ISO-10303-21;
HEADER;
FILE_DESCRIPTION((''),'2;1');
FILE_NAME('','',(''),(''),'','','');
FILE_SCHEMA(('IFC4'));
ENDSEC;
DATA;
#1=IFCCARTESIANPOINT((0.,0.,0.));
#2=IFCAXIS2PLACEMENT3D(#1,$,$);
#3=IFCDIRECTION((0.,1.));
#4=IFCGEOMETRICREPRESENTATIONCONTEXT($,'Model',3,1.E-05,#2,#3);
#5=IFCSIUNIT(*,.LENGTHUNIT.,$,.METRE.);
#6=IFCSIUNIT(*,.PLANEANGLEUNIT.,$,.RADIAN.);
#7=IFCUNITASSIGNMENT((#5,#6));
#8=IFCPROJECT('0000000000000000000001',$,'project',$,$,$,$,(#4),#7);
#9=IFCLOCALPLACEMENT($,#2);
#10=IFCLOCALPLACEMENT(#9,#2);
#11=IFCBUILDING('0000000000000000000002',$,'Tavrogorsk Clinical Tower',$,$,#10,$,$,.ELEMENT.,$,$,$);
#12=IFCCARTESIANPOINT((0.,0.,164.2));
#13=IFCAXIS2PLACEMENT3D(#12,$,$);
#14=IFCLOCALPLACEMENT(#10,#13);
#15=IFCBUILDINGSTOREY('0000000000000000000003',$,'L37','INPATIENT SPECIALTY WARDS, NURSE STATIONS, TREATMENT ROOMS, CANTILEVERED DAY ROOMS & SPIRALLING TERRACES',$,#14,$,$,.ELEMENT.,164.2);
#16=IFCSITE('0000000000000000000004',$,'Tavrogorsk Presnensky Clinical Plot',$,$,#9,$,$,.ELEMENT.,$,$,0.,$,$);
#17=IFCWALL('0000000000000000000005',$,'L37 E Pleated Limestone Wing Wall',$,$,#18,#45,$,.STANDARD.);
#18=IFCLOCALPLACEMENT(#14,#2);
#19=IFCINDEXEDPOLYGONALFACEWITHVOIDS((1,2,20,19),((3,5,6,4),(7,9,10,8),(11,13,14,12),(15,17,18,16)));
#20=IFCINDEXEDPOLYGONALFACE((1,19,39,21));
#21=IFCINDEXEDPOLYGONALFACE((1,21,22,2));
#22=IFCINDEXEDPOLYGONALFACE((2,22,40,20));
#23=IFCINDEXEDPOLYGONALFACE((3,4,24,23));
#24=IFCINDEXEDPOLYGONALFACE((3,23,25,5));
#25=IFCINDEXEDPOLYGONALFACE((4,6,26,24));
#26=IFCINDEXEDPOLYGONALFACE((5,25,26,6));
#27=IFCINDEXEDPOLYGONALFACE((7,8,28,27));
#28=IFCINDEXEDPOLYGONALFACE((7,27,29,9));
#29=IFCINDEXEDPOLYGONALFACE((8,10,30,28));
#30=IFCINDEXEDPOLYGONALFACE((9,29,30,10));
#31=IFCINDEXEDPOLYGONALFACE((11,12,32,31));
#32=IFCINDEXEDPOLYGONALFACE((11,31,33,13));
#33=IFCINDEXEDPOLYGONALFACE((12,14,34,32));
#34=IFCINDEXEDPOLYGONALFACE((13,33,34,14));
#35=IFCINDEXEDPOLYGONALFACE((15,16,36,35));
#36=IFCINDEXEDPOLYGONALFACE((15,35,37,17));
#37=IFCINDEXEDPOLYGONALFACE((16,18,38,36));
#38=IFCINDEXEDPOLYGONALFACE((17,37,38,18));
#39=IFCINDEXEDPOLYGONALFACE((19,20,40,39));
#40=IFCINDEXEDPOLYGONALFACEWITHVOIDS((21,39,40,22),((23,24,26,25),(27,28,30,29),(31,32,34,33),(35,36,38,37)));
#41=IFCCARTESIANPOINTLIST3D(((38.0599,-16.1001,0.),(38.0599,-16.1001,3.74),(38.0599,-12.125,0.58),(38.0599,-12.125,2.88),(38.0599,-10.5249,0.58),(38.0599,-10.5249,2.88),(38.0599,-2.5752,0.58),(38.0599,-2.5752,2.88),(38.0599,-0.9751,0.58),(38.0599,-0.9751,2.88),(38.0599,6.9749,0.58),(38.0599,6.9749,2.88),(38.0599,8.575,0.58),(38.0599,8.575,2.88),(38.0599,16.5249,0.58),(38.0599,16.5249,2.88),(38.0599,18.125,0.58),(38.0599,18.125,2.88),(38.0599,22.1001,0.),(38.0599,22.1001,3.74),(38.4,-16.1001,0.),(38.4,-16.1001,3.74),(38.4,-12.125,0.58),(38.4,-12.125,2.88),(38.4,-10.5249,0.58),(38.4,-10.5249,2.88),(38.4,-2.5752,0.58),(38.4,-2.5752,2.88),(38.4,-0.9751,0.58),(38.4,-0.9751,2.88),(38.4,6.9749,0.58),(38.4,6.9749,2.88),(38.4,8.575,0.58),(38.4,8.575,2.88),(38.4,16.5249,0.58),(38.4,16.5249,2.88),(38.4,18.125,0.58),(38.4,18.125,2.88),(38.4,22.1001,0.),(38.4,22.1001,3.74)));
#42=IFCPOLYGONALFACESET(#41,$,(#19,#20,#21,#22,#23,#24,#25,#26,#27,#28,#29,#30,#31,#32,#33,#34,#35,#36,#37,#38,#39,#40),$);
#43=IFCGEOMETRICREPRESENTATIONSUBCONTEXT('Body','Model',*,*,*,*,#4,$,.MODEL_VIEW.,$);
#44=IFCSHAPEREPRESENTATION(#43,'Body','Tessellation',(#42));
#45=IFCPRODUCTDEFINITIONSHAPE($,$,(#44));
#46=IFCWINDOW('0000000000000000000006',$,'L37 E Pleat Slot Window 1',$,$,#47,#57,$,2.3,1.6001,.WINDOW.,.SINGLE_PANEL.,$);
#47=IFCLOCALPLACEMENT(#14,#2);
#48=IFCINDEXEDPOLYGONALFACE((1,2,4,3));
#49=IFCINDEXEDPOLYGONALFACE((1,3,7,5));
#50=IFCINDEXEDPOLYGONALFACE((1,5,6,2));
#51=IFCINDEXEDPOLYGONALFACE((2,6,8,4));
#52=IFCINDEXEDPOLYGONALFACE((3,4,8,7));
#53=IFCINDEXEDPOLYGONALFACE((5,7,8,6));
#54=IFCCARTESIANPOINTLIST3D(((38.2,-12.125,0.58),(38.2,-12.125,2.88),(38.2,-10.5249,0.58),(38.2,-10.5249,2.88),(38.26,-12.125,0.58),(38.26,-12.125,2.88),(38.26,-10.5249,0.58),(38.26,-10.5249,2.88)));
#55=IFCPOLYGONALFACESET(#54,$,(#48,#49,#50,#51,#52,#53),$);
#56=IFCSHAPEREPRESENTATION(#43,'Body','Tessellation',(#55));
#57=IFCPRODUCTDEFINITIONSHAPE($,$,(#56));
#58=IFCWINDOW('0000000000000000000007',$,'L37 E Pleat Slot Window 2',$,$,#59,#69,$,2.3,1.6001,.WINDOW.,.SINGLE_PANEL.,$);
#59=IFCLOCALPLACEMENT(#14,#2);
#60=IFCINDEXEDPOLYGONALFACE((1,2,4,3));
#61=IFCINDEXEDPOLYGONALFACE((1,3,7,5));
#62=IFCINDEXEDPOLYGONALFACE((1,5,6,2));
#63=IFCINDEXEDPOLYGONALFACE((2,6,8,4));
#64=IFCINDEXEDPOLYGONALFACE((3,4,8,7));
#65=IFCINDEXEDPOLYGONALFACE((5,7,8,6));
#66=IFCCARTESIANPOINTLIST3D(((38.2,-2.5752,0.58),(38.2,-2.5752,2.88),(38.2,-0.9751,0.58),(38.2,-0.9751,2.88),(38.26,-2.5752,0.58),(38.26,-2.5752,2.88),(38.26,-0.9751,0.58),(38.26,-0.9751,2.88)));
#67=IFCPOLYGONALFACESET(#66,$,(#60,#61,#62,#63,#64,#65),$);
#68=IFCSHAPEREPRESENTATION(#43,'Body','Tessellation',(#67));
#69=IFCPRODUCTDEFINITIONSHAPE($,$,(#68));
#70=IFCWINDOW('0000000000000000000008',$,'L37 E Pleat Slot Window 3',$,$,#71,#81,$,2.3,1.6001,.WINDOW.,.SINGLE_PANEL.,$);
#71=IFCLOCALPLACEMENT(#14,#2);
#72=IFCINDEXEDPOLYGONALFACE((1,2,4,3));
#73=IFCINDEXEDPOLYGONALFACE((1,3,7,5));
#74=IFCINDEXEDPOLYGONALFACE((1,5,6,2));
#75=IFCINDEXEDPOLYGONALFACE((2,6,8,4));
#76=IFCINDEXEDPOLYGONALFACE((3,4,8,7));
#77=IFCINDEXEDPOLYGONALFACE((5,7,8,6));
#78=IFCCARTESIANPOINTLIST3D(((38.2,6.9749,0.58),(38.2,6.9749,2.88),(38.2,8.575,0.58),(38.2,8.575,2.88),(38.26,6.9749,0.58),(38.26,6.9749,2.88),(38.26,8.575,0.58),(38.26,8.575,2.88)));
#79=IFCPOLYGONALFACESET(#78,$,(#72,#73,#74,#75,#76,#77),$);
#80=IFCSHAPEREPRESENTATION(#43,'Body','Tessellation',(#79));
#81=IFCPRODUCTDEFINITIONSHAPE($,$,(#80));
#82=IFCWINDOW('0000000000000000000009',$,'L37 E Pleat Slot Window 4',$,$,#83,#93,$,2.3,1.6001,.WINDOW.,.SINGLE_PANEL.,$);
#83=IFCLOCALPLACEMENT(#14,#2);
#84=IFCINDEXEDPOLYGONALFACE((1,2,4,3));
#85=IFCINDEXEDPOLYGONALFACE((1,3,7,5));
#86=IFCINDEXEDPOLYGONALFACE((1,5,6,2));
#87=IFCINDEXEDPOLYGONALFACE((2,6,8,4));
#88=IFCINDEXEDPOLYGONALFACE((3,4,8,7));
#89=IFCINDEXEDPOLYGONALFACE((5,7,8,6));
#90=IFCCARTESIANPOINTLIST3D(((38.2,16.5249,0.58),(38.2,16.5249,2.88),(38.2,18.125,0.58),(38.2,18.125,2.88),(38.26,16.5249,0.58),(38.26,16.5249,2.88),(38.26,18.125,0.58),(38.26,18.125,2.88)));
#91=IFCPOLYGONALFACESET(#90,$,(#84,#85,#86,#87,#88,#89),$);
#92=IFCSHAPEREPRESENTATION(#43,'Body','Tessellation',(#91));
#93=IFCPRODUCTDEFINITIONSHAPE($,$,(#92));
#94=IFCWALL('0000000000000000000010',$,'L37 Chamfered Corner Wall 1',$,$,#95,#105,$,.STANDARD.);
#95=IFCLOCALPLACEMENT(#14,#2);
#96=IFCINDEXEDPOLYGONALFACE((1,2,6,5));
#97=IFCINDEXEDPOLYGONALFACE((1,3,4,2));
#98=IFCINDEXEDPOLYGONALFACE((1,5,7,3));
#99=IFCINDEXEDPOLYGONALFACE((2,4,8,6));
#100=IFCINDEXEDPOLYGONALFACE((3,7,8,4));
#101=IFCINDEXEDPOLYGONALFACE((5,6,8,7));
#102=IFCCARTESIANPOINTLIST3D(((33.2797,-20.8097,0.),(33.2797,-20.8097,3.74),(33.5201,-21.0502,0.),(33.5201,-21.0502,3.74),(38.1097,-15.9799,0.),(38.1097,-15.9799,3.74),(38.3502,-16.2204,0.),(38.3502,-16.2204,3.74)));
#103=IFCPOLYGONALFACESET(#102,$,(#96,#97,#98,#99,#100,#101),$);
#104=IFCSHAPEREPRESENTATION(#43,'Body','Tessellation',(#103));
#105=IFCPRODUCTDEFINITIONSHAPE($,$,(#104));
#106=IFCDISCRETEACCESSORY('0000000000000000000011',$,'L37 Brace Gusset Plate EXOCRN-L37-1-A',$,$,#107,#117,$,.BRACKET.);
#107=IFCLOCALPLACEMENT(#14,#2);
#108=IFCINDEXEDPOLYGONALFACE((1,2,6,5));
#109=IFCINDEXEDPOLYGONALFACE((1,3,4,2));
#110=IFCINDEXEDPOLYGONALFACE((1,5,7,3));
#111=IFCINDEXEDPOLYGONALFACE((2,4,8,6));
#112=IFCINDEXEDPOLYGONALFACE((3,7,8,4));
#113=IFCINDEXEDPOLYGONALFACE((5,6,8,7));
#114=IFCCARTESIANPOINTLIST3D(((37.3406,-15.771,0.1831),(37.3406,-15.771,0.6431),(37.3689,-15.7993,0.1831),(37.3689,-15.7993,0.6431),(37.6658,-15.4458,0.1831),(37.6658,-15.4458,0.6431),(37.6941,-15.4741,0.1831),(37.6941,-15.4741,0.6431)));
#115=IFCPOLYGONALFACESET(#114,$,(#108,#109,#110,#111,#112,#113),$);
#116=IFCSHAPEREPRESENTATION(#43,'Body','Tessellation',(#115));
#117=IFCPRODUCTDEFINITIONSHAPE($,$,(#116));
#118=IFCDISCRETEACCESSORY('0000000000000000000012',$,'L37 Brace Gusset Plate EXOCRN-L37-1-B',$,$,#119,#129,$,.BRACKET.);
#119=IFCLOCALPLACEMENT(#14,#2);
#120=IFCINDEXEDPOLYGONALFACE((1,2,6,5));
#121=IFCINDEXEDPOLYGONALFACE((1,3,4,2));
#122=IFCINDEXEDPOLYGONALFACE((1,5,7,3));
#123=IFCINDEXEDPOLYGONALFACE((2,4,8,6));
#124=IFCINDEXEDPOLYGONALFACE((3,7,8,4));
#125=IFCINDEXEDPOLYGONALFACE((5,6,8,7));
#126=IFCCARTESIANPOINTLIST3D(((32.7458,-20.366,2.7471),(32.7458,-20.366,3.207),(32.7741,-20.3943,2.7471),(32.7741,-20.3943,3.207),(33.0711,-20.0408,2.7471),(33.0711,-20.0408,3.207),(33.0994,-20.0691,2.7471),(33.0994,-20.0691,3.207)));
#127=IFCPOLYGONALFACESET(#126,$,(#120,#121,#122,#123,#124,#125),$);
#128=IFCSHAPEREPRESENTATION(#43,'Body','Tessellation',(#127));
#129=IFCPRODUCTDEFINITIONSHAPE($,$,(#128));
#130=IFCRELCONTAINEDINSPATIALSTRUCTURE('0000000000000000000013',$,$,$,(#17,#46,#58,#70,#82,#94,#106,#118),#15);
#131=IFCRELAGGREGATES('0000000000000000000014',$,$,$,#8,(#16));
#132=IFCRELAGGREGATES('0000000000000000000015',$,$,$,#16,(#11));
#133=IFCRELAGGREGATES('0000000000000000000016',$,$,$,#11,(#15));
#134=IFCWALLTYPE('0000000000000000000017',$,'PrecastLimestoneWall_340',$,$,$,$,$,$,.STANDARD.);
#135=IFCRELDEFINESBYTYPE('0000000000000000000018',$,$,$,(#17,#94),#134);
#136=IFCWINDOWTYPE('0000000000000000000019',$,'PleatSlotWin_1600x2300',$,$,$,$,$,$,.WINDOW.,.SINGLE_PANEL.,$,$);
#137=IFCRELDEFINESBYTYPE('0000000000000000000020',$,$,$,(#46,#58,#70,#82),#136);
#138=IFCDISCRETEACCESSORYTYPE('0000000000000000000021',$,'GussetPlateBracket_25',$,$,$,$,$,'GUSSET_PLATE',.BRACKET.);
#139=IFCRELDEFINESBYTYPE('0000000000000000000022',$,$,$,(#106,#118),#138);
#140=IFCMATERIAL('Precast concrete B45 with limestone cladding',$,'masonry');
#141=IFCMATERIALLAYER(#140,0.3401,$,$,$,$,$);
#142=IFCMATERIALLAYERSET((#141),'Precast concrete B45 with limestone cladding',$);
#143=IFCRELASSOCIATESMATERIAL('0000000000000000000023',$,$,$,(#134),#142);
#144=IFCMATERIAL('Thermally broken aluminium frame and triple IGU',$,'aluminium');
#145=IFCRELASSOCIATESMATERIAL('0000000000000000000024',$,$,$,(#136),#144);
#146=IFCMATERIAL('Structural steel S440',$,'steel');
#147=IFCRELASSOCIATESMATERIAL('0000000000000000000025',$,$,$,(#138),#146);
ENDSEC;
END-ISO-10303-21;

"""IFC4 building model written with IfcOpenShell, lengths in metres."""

from ifc_helpers import new_model, si_unit, direction, frame, frame_2d, origin, origin_2d, place, context, subcontext, project, spatial, rectangle, extrude, material, layer, layer_set, type_object, element, fill, save


model = new_model("IFC4")

# Units and contexts
model_context = context("Model", 3, precision=1e-05, world=origin(), true_north=direction((0.0, 1.0)))
body_context = subcontext(model_context, "Body", "Model", "MODEL_VIEW")
ifc_project = project(units=[si_unit("LENGTHUNIT", "METRE"), si_unit("PLANEANGLEUNIT", "RADIAN")], contexts=[model_context])

# Site, building, storey
site_placement = place(None, origin())
site = spatial("IfcSite", under=ifc_project, at=site_placement, Name="Tavrogorsk Presnensky Clinical Plot", CompositionType="ELEMENT", RefElevation=0.0)
building_placement = place(site_placement, origin())
building = spatial("IfcBuilding", under=site, at=building_placement, Name="Tavrogorsk Clinical Tower", CompositionType="ELEMENT")
storey_placement = place(building_placement, frame((0.0, 0.0, 164.2)))
storey = spatial("IfcBuildingStorey", under=building, at=storey_placement, Name="L37", Description="INPATIENT SPECIALTY WARDS, NURSE STATIONS, TREATMENT ROOMS, CANTILEVERED DAY ROOMS & SPIRALLING TERRACES", CompositionType="ELEMENT", Elevation=164.2)

# Wall, openings, windows
ifc_material_1 = material(Name="Precast concrete B45 with limestone cladding", Category="masonry")
ifc_layer_1 = layer(ifc_material_1, 0.3401)
ifc_layer_set_1 = layer_set([ifc_layer_1], Name="Precast concrete B45 with limestone cladding")
wall_type_1 = type_object("IfcWallType", Name="PrecastLimestoneWall_340", PredefinedType="STANDARD", material=ifc_layer_set_1)
wall_1_placement = place(storey_placement, frame((38.23, -16.1001, 0.0), z_axis=(0.0, 0.0, 1.0), x_axis=(0.0, 1.0, 0.0)))
wall_1 = element("IfcWall", 1, at=wall_1_placement, inside=storey, type_object=wall_type_1, Name="L37 E Pleated Limestone Wing Wall", PredefinedType="STANDARD", context=body_context, shape_type="SweptSolid", body=[
    extrude(rectangle(XDim=38.2002, YDim=0.3401, at=frame_2d((19.1001, 0.0))), origin(), (0.0, 0.0, 1.0), 3.74),
])
opening_1_placement = place(wall_1_placement, frame((3.9751, 0.0, 0.5801)))
opening_1 = element("IfcOpeningElement", 2, at=opening_1_placement, cuts=wall_1, PredefinedType="OPENING", context=body_context, shape_type="SweptSolid", body=[
    extrude(rectangle(XDim=1.6001, YDim=2.3, at=frame_2d((0.8, 1.1499))), frame((0.0, 0.1799, 0.0), z_axis=(0.0, -1.0, 0.0), x_axis=(1.0, 0.0, 0.0)), (0.0, 0.0, 1.0), 0.3601),
])
opening_2_placement = place(wall_1_placement, frame((13.5249, 0.0, 0.5801)))
opening_2 = element("IfcOpeningElement", 3, at=opening_2_placement, cuts=wall_1, PredefinedType="OPENING", context=body_context, shape_type="SweptSolid", body=[
    extrude(rectangle(XDim=1.6001, YDim=2.3, at=frame_2d((0.8, 1.1499))), frame((0.0, 0.1799, 0.0), z_axis=(0.0, -1.0, 0.0), x_axis=(1.0, 0.0, 0.0)), (0.0, 0.0, 1.0), 0.3601),
])
opening_3_placement = place(wall_1_placement, frame((23.075, 0.0, 0.5801)))
opening_3 = element("IfcOpeningElement", 4, at=opening_3_placement, cuts=wall_1, PredefinedType="OPENING", context=body_context, shape_type="SweptSolid", body=[
    extrude(rectangle(XDim=1.6001, YDim=2.3, at=frame_2d((0.8, 1.1499))), frame((0.0, 0.1799, 0.0), z_axis=(0.0, -1.0, 0.0), x_axis=(1.0, 0.0, 0.0)), (0.0, 0.0, 1.0), 0.3601),
])
opening_4_placement = place(wall_1_placement, frame((32.625, 0.0, 0.5801)))
opening_4 = element("IfcOpeningElement", 5, at=opening_4_placement, cuts=wall_1, PredefinedType="OPENING", context=body_context, shape_type="SweptSolid", body=[
    extrude(rectangle(XDim=1.6001, YDim=2.3, at=frame_2d((0.8, 1.1499))), frame((0.0, 0.1799, 0.0), z_axis=(0.0, -1.0, 0.0), x_axis=(1.0, 0.0, 0.0)), (0.0, 0.0, 1.0), 0.3601),
])
ifc_material_2 = material(Name="Thermally broken aluminium frame and triple IGU", Category="aluminium")
window_type = type_object("IfcWindowType", Name="PleatSlotWin_1600x2300", PartitioningType="SINGLE_PANEL", PredefinedType="WINDOW", material=ifc_material_2)
window_1_placement = place(opening_1_placement, origin())
window_1 = element("IfcWindow", 6, at=window_1_placement, inside=storey, type_object=window_type, Name="L37 E Pleat Slot Window 1", OverallHeight=2.3, OverallWidth=1.6001, PartitioningType="SINGLE_PANEL", PredefinedType="WINDOW", context=body_context, shape_type="SweptSolid", body=[
    extrude(rectangle(XDim=1.6001, YDim=2.3, at=frame_2d((0.8, 1.1499))), frame((0.0, 0.03, 0.0), z_axis=(0.0, -1.0, 0.0), x_axis=(1.0, 0.0, 0.0)), (0.0, 0.0, 1.0), 0.0601),
])
fill(opening_1, window_1)
window_2_placement = place(opening_2_placement, origin())
window_2 = element("IfcWindow", 7, at=window_2_placement, inside=storey, type_object=window_type, Name="L37 E Pleat Slot Window 2", OverallHeight=2.3, OverallWidth=1.6001, PartitioningType="SINGLE_PANEL", PredefinedType="WINDOW", context=body_context, shape_type="SweptSolid", body=[
    extrude(rectangle(XDim=1.6001, YDim=2.3, at=frame_2d((0.8, 1.1499))), frame((0.0, 0.03, 0.0), z_axis=(0.0, -1.0, 0.0), x_axis=(1.0, 0.0, 0.0)), (0.0, 0.0, 1.0), 0.0601),
])
fill(opening_2, window_2)
window_3_placement = place(opening_3_placement, origin())
window_3 = element("IfcWindow", 8, at=window_3_placement, inside=storey, type_object=window_type, Name="L37 E Pleat Slot Window 3", OverallHeight=2.3, OverallWidth=1.6001, PartitioningType="SINGLE_PANEL", PredefinedType="WINDOW", context=body_context, shape_type="SweptSolid", body=[
    extrude(rectangle(XDim=1.6001, YDim=2.3, at=frame_2d((0.8, 1.1499))), frame((0.0, 0.03, 0.0), z_axis=(0.0, -1.0, 0.0), x_axis=(1.0, 0.0, 0.0)), (0.0, 0.0, 1.0), 0.0601),
])
fill(opening_3, window_3)
window_4_placement = place(opening_4_placement, origin())
window_4 = element("IfcWindow", 9, at=window_4_placement, inside=storey, type_object=window_type, Name="L37 E Pleat Slot Window 4", OverallHeight=2.3, OverallWidth=1.6001, PartitioningType="SINGLE_PANEL", PredefinedType="WINDOW", context=body_context, shape_type="SweptSolid", body=[
    extrude(rectangle(XDim=1.6001, YDim=2.3, at=frame_2d((0.8, 1.1499))), frame((0.0, 0.03, 0.0), z_axis=(0.0, -1.0, 0.0), x_axis=(1.0, 0.0, 0.0)), (0.0, 0.0, 1.0), 0.0601),
])
fill(opening_4, window_4)

# Wall
wall_2_placement = place(storey_placement, frame((33.3999, -20.9299, 0.0), z_axis=(0.0, 0.0, 1.0), x_axis=(0.707125, 0.707089, 0.0)))
element("IfcWall", 10, at=wall_2_placement, inside=storey, type_object=wall_type_1, Name="L37 Chamfered Corner Wall 1", PredefinedType="STANDARD", context=body_context, shape_type="SweptSolid", body=[
    extrude(rectangle(XDim=6.8306, YDim=0.3401, at=frame_2d((3.4153, 0.0))), origin(), (0.0, 0.0, 1.0), 3.74),
])

# Discrete accessories
ifc_material_3 = material(Name="Structural steel S440", Category="steel")
discrete_accessory_type = type_object("IfcDiscreteAccessoryType", Name="GussetPlateBracket_25", ElementType="GUSSET_PLATE", PredefinedType="BRACKET", material=ifc_material_3)
for number, where, z_axis, x_axis, name in (
    (11, (37.5173, -15.6226, 0.1831), (0.0, 0.0, 1.0), (-0.707107, -0.707107, 0.0), "L37 Brace Gusset Plate EXOCRN-L37-1-A"),
    (12, (32.9226, -20.2175, 2.7471), (0.0, 0.0, 1.0), (-0.707107, -0.707107, 0.0), "L37 Brace Gusset Plate EXOCRN-L37-1-B"),
):
    element("IfcDiscreteAccessory", number, at=place(storey_placement, frame(where, z_axis=z_axis, x_axis=x_axis)), inside=storey, type_object=discrete_accessory_type, Name=name, PredefinedType="BRACKET", context=body_context, shape_type="SweptSolid", body=[
        extrude(rectangle(XDim=0.46, YDim=0.04, at=origin_2d()), origin(), (0.0, 0.0, 1.0), 0.46),
    ])

save(model, "model.ifc")
